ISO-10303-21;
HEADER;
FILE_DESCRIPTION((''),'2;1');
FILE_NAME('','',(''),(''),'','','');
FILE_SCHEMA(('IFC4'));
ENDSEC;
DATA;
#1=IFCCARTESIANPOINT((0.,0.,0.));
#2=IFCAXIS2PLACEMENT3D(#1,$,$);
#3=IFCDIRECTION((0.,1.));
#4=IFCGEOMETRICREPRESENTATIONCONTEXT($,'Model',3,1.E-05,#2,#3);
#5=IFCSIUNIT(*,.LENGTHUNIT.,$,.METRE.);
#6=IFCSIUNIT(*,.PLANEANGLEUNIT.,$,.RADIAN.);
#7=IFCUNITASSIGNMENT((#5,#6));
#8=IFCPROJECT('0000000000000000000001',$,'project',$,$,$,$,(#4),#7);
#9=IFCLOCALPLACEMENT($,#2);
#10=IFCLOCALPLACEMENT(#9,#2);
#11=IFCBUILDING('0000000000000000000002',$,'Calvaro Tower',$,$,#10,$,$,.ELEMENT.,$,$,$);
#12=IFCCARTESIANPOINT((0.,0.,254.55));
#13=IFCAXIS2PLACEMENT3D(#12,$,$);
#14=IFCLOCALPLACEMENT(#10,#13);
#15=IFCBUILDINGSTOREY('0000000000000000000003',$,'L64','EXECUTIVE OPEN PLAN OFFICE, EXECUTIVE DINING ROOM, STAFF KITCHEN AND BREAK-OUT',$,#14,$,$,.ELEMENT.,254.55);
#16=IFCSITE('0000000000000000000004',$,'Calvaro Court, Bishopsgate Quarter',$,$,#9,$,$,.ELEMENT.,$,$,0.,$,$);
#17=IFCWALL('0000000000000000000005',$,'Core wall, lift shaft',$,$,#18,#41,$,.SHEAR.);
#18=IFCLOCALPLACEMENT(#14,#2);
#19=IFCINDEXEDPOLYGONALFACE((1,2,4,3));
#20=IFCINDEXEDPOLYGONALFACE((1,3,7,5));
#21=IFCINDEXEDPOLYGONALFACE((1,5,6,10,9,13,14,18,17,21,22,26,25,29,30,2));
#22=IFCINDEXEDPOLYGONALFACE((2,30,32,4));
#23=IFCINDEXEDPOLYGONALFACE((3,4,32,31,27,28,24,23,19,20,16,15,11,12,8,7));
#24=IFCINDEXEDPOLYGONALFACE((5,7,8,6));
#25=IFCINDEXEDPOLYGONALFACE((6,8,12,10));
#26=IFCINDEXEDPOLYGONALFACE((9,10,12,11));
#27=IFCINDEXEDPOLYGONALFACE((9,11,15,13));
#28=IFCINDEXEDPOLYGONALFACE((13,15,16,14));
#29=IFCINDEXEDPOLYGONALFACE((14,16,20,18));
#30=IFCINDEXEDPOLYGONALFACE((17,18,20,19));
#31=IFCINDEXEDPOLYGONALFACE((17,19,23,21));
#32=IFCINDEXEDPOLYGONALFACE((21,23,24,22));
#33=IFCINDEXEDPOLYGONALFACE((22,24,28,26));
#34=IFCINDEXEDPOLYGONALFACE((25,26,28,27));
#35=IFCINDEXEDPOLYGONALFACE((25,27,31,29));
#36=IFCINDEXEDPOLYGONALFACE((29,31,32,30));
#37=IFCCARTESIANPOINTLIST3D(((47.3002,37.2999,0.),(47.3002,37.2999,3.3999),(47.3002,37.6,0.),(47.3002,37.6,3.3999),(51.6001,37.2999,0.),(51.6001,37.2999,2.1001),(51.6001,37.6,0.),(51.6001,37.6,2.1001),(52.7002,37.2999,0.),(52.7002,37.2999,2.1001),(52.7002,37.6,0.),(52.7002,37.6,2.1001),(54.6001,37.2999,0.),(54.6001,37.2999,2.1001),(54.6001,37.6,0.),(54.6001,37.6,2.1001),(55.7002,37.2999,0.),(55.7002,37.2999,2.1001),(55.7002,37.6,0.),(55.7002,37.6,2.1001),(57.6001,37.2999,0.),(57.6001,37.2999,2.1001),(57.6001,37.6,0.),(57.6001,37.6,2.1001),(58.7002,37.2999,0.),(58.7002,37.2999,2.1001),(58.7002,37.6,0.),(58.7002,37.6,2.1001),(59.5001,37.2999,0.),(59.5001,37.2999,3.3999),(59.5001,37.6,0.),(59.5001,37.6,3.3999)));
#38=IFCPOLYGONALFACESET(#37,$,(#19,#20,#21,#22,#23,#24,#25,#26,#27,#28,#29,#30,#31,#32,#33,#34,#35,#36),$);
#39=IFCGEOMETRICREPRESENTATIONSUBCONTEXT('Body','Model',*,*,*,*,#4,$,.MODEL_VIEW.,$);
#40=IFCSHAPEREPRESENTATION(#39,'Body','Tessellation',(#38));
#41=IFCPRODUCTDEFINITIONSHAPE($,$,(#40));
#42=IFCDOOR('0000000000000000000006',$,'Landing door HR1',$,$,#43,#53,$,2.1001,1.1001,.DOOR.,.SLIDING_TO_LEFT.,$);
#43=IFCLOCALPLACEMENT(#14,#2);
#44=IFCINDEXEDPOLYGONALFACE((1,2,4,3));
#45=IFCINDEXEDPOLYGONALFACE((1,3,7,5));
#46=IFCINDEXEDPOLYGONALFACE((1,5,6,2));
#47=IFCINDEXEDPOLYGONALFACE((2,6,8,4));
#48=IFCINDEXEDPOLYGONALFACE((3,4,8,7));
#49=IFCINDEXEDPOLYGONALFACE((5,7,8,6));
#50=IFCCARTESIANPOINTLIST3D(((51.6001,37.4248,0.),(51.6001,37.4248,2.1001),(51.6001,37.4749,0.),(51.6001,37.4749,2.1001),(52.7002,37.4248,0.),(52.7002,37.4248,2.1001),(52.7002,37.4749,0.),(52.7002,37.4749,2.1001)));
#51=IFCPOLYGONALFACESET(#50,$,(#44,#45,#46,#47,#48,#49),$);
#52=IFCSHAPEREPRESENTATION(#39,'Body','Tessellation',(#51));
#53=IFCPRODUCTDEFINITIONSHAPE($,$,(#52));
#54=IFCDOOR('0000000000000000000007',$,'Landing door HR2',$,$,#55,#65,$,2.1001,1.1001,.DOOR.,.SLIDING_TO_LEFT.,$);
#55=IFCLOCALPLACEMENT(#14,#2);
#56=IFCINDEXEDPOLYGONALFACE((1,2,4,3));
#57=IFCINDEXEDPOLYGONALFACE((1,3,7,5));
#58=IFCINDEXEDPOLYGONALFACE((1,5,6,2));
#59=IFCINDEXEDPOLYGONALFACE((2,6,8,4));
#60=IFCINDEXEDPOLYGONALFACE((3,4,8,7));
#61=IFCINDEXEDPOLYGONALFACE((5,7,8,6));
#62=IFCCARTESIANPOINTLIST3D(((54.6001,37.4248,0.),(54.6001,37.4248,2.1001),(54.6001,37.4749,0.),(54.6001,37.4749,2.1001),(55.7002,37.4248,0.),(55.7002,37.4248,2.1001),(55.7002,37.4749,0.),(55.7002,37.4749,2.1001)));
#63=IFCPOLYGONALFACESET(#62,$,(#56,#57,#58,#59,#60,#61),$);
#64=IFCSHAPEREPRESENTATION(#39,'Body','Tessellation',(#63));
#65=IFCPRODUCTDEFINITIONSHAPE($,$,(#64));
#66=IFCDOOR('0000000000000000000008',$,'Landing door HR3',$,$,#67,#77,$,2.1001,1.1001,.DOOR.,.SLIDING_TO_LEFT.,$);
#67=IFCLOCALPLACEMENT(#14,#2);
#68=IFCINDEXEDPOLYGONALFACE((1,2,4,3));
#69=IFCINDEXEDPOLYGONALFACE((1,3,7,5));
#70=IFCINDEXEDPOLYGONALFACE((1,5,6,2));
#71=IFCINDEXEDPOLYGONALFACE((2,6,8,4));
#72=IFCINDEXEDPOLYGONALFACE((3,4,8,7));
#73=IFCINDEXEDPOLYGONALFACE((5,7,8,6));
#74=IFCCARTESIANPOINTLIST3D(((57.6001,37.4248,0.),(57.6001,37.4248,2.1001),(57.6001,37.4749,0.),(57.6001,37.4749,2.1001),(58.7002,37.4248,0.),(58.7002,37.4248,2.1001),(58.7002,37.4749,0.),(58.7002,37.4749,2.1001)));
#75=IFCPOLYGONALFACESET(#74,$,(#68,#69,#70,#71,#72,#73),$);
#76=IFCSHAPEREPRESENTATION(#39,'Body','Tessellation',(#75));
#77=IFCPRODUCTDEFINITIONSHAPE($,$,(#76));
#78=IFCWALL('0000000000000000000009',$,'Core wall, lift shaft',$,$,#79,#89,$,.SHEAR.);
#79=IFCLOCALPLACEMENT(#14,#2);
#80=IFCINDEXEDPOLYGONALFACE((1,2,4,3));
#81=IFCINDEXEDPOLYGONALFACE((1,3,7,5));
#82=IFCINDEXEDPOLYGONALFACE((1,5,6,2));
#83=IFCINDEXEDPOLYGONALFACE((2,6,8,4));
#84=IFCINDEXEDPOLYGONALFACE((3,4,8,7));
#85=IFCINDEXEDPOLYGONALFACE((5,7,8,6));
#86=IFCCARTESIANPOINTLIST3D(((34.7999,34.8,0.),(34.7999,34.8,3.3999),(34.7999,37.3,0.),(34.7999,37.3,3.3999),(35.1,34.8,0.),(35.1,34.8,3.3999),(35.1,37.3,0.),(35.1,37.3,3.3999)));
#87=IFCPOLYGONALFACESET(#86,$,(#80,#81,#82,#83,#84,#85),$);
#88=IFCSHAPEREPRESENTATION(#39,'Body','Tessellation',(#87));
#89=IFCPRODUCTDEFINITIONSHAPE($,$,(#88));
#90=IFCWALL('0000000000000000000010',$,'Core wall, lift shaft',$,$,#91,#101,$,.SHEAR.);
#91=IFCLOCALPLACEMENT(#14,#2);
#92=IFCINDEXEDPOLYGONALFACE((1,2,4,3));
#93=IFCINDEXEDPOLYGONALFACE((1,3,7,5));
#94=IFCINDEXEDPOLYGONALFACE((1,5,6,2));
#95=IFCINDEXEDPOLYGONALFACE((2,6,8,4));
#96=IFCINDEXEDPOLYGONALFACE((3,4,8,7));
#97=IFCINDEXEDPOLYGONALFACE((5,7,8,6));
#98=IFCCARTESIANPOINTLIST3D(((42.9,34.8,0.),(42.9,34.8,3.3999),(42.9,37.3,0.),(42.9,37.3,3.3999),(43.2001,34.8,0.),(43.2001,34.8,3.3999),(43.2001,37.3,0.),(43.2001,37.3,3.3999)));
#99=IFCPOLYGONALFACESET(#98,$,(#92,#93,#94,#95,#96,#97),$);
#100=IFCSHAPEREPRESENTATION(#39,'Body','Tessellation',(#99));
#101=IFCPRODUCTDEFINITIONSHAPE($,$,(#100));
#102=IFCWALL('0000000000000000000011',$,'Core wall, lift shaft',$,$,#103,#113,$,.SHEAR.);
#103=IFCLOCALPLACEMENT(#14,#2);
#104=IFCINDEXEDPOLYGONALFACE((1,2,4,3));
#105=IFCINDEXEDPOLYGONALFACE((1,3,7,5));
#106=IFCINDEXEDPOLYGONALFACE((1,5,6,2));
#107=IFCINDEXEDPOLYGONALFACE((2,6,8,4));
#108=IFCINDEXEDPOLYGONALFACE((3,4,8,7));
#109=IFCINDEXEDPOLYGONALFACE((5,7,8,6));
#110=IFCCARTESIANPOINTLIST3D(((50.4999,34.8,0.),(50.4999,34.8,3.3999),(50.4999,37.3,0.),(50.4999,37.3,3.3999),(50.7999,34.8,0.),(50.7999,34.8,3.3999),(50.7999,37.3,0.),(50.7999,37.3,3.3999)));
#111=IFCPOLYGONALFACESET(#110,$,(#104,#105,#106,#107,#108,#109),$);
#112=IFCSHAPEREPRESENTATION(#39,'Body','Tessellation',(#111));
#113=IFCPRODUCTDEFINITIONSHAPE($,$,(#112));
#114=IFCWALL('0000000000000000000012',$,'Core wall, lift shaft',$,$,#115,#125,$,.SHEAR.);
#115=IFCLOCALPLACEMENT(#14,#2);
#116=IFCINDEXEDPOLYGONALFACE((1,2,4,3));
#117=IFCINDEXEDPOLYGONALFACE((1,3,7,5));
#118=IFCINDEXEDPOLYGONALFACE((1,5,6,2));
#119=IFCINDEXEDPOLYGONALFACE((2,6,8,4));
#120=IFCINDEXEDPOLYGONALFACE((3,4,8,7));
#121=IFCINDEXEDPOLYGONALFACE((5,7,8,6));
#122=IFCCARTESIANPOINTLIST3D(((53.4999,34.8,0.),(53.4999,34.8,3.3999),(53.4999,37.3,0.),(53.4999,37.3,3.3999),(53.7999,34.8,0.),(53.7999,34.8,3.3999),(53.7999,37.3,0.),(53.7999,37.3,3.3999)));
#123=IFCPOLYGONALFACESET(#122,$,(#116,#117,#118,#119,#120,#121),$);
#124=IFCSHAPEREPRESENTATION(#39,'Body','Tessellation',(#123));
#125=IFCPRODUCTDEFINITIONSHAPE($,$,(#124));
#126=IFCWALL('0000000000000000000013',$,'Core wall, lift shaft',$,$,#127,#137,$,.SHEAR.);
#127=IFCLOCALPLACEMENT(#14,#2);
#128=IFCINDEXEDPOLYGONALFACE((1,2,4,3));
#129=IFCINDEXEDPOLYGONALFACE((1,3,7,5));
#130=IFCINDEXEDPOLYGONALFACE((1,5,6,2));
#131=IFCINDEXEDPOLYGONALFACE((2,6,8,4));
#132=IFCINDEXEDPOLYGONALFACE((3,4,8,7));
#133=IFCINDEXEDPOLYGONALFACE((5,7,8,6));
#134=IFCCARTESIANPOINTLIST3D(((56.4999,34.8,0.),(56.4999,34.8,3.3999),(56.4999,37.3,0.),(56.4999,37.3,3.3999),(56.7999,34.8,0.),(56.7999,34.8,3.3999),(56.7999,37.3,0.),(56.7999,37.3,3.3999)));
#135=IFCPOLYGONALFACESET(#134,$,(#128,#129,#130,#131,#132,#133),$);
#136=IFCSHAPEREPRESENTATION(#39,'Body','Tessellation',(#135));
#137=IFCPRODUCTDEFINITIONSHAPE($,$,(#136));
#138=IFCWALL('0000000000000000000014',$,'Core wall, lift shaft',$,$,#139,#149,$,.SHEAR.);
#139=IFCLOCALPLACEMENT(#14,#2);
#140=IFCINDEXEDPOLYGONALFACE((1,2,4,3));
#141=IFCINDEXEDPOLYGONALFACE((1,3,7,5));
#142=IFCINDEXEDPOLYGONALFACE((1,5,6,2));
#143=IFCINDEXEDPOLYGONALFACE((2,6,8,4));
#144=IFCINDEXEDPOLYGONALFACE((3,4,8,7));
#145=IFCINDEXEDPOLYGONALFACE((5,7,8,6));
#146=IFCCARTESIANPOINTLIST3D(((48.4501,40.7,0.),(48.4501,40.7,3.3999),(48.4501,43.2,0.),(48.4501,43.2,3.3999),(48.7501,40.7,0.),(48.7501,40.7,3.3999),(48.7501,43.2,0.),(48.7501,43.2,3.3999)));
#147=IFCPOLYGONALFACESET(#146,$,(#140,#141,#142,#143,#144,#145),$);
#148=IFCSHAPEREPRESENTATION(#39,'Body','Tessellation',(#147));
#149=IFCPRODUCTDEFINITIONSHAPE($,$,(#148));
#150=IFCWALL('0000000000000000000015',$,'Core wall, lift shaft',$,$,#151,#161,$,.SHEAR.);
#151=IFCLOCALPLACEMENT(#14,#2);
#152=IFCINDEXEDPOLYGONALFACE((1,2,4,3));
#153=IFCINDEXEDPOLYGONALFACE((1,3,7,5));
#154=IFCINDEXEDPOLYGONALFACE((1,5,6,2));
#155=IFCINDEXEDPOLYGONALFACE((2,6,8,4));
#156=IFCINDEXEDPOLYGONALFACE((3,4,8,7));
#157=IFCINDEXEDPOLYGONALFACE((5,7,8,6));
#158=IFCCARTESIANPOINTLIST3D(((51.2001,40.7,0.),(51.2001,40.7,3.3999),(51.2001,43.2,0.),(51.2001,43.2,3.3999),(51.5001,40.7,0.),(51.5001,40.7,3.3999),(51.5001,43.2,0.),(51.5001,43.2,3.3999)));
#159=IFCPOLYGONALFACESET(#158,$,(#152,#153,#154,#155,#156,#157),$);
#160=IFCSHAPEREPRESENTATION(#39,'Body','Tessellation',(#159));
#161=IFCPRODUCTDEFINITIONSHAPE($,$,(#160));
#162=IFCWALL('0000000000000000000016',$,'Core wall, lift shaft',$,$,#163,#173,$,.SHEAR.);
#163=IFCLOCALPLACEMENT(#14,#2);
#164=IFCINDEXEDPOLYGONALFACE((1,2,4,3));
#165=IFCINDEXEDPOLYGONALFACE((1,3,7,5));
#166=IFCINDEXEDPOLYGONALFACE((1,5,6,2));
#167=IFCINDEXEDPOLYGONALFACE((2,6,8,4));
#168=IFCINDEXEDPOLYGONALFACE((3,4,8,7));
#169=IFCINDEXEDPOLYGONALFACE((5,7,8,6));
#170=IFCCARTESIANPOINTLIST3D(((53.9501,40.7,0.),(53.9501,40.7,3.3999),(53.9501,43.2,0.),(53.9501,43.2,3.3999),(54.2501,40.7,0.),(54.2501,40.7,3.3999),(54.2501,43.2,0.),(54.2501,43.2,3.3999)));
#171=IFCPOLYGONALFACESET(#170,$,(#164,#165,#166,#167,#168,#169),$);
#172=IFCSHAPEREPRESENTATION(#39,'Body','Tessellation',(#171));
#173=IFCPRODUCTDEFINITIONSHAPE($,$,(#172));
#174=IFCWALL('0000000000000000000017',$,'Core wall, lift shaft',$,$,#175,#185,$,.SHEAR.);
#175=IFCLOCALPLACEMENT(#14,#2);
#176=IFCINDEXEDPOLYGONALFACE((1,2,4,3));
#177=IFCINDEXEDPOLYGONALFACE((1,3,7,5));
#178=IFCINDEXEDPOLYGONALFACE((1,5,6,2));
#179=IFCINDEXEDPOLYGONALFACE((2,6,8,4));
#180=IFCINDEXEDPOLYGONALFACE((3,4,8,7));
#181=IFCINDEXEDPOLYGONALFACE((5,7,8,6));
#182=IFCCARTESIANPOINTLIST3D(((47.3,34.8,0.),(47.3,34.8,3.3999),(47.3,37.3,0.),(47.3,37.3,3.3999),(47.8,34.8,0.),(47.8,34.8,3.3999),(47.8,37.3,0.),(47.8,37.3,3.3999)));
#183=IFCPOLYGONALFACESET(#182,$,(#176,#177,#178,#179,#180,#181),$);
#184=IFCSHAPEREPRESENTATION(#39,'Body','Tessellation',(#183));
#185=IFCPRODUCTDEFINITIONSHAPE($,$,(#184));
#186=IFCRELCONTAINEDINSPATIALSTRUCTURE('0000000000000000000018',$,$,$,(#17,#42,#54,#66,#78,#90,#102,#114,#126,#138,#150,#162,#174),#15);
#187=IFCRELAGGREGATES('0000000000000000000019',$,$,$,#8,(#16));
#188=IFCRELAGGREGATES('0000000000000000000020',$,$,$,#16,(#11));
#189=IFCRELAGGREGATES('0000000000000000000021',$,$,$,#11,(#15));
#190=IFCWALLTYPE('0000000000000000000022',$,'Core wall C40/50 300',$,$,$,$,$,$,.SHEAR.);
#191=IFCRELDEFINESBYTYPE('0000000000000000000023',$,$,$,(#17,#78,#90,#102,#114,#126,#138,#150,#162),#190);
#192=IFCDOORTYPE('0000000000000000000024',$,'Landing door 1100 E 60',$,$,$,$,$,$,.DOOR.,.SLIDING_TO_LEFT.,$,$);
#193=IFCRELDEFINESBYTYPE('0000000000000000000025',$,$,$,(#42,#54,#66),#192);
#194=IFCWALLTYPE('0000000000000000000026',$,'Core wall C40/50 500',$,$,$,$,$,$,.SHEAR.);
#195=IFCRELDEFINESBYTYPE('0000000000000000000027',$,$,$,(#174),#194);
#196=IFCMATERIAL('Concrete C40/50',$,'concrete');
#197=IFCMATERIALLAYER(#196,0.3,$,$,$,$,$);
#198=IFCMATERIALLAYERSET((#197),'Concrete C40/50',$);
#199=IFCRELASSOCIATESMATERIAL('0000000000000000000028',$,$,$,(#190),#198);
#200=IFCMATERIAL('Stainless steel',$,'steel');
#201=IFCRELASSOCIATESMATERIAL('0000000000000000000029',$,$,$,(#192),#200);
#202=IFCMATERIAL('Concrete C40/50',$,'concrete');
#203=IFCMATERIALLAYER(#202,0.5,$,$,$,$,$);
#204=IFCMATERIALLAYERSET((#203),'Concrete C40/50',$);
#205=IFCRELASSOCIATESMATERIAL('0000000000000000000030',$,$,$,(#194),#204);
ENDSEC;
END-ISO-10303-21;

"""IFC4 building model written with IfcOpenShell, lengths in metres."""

from ifc_helpers import new_model, si_unit, direction, frame, frame_2d, origin, place, context, subcontext, project, spatial, rectangle, extrude, material, layer, layer_set, type_object, element, fill, save


model = new_model("IFC4")

# Units and contexts
model_context = context("Model", 3, precision=1e-05, world=origin(), true_north=direction((0.0, 1.0)))
body_context = subcontext(model_context, "Body", "Model", "MODEL_VIEW")
ifc_project = project(units=[si_unit("LENGTHUNIT", "METRE"), si_unit("PLANEANGLEUNIT", "RADIAN")], contexts=[model_context])

# Site, building, storey
site_placement = place(None, origin())
site = spatial("IfcSite", under=ifc_project, at=site_placement, Name="Calvaro Court, Bishopsgate Quarter", CompositionType="ELEMENT", RefElevation=0.0)
building_placement = place(site_placement, origin())
building = spatial("IfcBuilding", under=site, at=building_placement, Name="Calvaro Tower", CompositionType="ELEMENT")
storey_placement = place(building_placement, frame((0.0, 0.0, 254.55)))
storey = spatial("IfcBuildingStorey", under=building, at=storey_placement, Name="L64", Description="EXECUTIVE OPEN PLAN OFFICE, EXECUTIVE DINING ROOM, STAFF KITCHEN AND BREAK-OUT", CompositionType="ELEMENT", Elevation=254.55)

# Shared definitions
ifc_material_1 = material(Name="Concrete C40/50", Category="concrete")
ifc_layer_1 = layer(ifc_material_1, 0.3)
ifc_layer_set_1 = layer_set([ifc_layer_1], Name="Concrete C40/50")
wall_type_1 = type_object("IfcWallType", Name="Core wall C40/50 300", PredefinedType="SHEAR", material=ifc_layer_set_1)

# Shared definitions
ifc_material_2 = material(Name="Stainless steel", Category="steel")
door_type_1 = type_object("IfcDoorType", Name="Landing door 1100 E 60", OperationType="SLIDING_TO_LEFT", PredefinedType="DOOR", material=ifc_material_2)

# Wall, openings, doors
wall_1_placement = place(storey_placement, frame((47.3, 37.45, 0.0), z_axis=(0.0, 0.0, 1.0), x_axis=(1.0, 0.0, 0.0)))
wall_1 = element("IfcWall", 1, at=wall_1_placement, inside=storey, type_object=wall_type_1, Name="Core wall, lift shaft", PredefinedType="SHEAR", context=body_context, shape_type="SweptSolid", body=[
    extrude(rectangle(XDim=12.2, YDim=0.3, at=frame_2d((6.1001, 0.0))), origin(), (0.0, 0.0, 1.0), 3.3999),
])
opening_1_placement = place(wall_1_placement, frame((4.3, 0.0, 0.0)))
opening_1 = element("IfcOpeningElement", 2, at=opening_1_placement, cuts=wall_1, PredefinedType="OPENING", context=body_context, shape_type="SweptSolid", body=[
    extrude(rectangle(XDim=1.1001, YDim=2.1001, at=frame_2d((0.55, 1.05))), frame((0.0, 0.1599, 0.0), z_axis=(0.0, -1.0, 0.0), x_axis=(1.0, 0.0, 0.0)), (0.0, 0.0, 1.0), 0.3201),
])
opening_2_placement = place(wall_1_placement, frame((7.3, 0.0, 0.0)))
opening_2 = element("IfcOpeningElement", 3, at=opening_2_placement, cuts=wall_1, PredefinedType="OPENING", context=body_context, shape_type="SweptSolid", body=[
    extrude(rectangle(XDim=1.1001, YDim=2.1001, at=frame_2d((0.55, 1.05))), frame((0.0, 0.1599, 0.0), z_axis=(0.0, -1.0, 0.0), x_axis=(1.0, 0.0, 0.0)), (0.0, 0.0, 1.0), 0.3201),
])
opening_3_placement = place(wall_1_placement, frame((10.3, 0.0, 0.0)))
opening_3 = element("IfcOpeningElement", 4, at=opening_3_placement, cuts=wall_1, PredefinedType="OPENING", context=body_context, shape_type="SweptSolid", body=[
    extrude(rectangle(XDim=1.1001, YDim=2.1001, at=frame_2d((0.55, 1.05))), frame((0.0, 0.1599, 0.0), z_axis=(0.0, -1.0, 0.0), x_axis=(1.0, 0.0, 0.0)), (0.0, 0.0, 1.0), 0.3201),
])
door_1_placement = place(opening_1_placement, origin())
door_1 = element("IfcDoor", 5, at=door_1_placement, inside=storey, type_object=door_type_1, Name="Landing door HR1", OperationType="SLIDING_TO_LEFT", OverallHeight=2.1001, OverallWidth=1.1001, PredefinedType="DOOR", context=body_context, shape_type="SweptSolid", body=[
    extrude(rectangle(XDim=1.1001, YDim=2.1001, at=frame_2d((0.55, 1.05))), frame((0.0, 0.0249, 0.0), z_axis=(0.0, -1.0, 0.0), x_axis=(1.0, 0.0, 0.0)), (0.0, 0.0, 1.0), 0.05),
])
fill(opening_1, door_1)
door_2_placement = place(opening_2_placement, origin())
door_2 = element("IfcDoor", 6, at=door_2_placement, inside=storey, type_object=door_type_1, Name="Landing door HR2", OperationType="SLIDING_TO_LEFT", OverallHeight=2.1001, OverallWidth=1.1001, PredefinedType="DOOR", context=body_context, shape_type="SweptSolid", body=[
    extrude(rectangle(XDim=1.1001, YDim=2.1001, at=frame_2d((0.55, 1.05))), frame((0.0, 0.0249, 0.0), z_axis=(0.0, -1.0, 0.0), x_axis=(1.0, 0.0, 0.0)), (0.0, 0.0, 1.0), 0.05),
])
fill(opening_2, door_2)
door_3_placement = place(opening_3_placement, origin())
door_3 = element("IfcDoor", 7, at=door_3_placement, inside=storey, type_object=door_type_1, Name="Landing door HR3", OperationType="SLIDING_TO_LEFT", OverallHeight=2.1001, OverallWidth=1.1001, PredefinedType="DOOR", context=body_context, shape_type="SweptSolid", body=[
    extrude(rectangle(XDim=1.1001, YDim=2.1001, at=frame_2d((0.55, 1.05))), frame((0.0, 0.0249, 0.0), z_axis=(0.0, -1.0, 0.0), x_axis=(1.0, 0.0, 0.0)), (0.0, 0.0, 1.0), 0.05),
])
fill(opening_3, door_3)

# Walls
for number, where, z_axis, x_axis, name in (
    (8, (34.95, 34.8, 0.0), (0.0, 0.0, 1.0), (0.0, 1.0, 0.0), "Core wall, lift shaft"),
    (9, (43.05, 34.8, 0.0), (0.0, 0.0, 1.0), (0.0, 1.0, 0.0), "Core wall, lift shaft"),
    (10, (50.6499, 34.8, 0.0), (0.0, 0.0, 1.0), (0.0, 1.0, 0.0), "Core wall, lift shaft"),
    (11, (53.6499, 34.8, 0.0), (0.0, 0.0, 1.0), (0.0, 1.0, 0.0), "Core wall, lift shaft"),
    (12, (56.6499, 34.8, 0.0), (0.0, 0.0, 1.0), (0.0, 1.0, 0.0), "Core wall, lift shaft"),
    (13, (48.6001, 40.7, 0.0), (0.0, 0.0, 1.0), (0.0, 1.0, 0.0), "Core wall, lift shaft"),
    (14, (51.3501, 40.7, 0.0), (0.0, 0.0, 1.0), (0.0, 1.0, 0.0), "Core wall, lift shaft"),
    (15, (54.1001, 40.7, 0.0), (0.0, 0.0, 1.0), (0.0, 1.0, 0.0), "Core wall, lift shaft"),
):
    element("IfcWall", number, at=place(storey_placement, frame(where, z_axis=z_axis, x_axis=x_axis)), inside=storey, type_object=wall_type_1, Name=name, PredefinedType="SHEAR", context=body_context, shape_type="SweptSolid", body=[
        extrude(rectangle(XDim=2.5, YDim=0.3, at=frame_2d((1.25, 0.0))), origin(), (0.0, 0.0, 1.0), 3.3999),
    ])
ifc_material_3 = material(Name="Concrete C40/50", Category="concrete")
ifc_layer_2 = layer(ifc_material_3, 0.5)
ifc_layer_set_2 = layer_set([ifc_layer_2], Name="Concrete C40/50")
wall_type_2 = type_object("IfcWallType", Name="Core wall C40/50 500", PredefinedType="SHEAR", material=ifc_layer_set_2)
wall_2_placement = place(storey_placement, frame((47.55, 34.8, 0.0), z_axis=(0.0, 0.0, 1.0), x_axis=(0.0, 1.0, 0.0)))
element("IfcWall", 16, at=wall_2_placement, inside=storey, type_object=wall_type_2, Name="Core wall, lift shaft", PredefinedType="SHEAR", context=body_context, shape_type="SweptSolid", body=[
    extrude(rectangle(XDim=2.5, YDim=0.5, at=frame_2d((1.25, 0.0))), origin(), (0.0, 0.0, 1.0), 3.3999),
])

save(model, "model.ifc")
